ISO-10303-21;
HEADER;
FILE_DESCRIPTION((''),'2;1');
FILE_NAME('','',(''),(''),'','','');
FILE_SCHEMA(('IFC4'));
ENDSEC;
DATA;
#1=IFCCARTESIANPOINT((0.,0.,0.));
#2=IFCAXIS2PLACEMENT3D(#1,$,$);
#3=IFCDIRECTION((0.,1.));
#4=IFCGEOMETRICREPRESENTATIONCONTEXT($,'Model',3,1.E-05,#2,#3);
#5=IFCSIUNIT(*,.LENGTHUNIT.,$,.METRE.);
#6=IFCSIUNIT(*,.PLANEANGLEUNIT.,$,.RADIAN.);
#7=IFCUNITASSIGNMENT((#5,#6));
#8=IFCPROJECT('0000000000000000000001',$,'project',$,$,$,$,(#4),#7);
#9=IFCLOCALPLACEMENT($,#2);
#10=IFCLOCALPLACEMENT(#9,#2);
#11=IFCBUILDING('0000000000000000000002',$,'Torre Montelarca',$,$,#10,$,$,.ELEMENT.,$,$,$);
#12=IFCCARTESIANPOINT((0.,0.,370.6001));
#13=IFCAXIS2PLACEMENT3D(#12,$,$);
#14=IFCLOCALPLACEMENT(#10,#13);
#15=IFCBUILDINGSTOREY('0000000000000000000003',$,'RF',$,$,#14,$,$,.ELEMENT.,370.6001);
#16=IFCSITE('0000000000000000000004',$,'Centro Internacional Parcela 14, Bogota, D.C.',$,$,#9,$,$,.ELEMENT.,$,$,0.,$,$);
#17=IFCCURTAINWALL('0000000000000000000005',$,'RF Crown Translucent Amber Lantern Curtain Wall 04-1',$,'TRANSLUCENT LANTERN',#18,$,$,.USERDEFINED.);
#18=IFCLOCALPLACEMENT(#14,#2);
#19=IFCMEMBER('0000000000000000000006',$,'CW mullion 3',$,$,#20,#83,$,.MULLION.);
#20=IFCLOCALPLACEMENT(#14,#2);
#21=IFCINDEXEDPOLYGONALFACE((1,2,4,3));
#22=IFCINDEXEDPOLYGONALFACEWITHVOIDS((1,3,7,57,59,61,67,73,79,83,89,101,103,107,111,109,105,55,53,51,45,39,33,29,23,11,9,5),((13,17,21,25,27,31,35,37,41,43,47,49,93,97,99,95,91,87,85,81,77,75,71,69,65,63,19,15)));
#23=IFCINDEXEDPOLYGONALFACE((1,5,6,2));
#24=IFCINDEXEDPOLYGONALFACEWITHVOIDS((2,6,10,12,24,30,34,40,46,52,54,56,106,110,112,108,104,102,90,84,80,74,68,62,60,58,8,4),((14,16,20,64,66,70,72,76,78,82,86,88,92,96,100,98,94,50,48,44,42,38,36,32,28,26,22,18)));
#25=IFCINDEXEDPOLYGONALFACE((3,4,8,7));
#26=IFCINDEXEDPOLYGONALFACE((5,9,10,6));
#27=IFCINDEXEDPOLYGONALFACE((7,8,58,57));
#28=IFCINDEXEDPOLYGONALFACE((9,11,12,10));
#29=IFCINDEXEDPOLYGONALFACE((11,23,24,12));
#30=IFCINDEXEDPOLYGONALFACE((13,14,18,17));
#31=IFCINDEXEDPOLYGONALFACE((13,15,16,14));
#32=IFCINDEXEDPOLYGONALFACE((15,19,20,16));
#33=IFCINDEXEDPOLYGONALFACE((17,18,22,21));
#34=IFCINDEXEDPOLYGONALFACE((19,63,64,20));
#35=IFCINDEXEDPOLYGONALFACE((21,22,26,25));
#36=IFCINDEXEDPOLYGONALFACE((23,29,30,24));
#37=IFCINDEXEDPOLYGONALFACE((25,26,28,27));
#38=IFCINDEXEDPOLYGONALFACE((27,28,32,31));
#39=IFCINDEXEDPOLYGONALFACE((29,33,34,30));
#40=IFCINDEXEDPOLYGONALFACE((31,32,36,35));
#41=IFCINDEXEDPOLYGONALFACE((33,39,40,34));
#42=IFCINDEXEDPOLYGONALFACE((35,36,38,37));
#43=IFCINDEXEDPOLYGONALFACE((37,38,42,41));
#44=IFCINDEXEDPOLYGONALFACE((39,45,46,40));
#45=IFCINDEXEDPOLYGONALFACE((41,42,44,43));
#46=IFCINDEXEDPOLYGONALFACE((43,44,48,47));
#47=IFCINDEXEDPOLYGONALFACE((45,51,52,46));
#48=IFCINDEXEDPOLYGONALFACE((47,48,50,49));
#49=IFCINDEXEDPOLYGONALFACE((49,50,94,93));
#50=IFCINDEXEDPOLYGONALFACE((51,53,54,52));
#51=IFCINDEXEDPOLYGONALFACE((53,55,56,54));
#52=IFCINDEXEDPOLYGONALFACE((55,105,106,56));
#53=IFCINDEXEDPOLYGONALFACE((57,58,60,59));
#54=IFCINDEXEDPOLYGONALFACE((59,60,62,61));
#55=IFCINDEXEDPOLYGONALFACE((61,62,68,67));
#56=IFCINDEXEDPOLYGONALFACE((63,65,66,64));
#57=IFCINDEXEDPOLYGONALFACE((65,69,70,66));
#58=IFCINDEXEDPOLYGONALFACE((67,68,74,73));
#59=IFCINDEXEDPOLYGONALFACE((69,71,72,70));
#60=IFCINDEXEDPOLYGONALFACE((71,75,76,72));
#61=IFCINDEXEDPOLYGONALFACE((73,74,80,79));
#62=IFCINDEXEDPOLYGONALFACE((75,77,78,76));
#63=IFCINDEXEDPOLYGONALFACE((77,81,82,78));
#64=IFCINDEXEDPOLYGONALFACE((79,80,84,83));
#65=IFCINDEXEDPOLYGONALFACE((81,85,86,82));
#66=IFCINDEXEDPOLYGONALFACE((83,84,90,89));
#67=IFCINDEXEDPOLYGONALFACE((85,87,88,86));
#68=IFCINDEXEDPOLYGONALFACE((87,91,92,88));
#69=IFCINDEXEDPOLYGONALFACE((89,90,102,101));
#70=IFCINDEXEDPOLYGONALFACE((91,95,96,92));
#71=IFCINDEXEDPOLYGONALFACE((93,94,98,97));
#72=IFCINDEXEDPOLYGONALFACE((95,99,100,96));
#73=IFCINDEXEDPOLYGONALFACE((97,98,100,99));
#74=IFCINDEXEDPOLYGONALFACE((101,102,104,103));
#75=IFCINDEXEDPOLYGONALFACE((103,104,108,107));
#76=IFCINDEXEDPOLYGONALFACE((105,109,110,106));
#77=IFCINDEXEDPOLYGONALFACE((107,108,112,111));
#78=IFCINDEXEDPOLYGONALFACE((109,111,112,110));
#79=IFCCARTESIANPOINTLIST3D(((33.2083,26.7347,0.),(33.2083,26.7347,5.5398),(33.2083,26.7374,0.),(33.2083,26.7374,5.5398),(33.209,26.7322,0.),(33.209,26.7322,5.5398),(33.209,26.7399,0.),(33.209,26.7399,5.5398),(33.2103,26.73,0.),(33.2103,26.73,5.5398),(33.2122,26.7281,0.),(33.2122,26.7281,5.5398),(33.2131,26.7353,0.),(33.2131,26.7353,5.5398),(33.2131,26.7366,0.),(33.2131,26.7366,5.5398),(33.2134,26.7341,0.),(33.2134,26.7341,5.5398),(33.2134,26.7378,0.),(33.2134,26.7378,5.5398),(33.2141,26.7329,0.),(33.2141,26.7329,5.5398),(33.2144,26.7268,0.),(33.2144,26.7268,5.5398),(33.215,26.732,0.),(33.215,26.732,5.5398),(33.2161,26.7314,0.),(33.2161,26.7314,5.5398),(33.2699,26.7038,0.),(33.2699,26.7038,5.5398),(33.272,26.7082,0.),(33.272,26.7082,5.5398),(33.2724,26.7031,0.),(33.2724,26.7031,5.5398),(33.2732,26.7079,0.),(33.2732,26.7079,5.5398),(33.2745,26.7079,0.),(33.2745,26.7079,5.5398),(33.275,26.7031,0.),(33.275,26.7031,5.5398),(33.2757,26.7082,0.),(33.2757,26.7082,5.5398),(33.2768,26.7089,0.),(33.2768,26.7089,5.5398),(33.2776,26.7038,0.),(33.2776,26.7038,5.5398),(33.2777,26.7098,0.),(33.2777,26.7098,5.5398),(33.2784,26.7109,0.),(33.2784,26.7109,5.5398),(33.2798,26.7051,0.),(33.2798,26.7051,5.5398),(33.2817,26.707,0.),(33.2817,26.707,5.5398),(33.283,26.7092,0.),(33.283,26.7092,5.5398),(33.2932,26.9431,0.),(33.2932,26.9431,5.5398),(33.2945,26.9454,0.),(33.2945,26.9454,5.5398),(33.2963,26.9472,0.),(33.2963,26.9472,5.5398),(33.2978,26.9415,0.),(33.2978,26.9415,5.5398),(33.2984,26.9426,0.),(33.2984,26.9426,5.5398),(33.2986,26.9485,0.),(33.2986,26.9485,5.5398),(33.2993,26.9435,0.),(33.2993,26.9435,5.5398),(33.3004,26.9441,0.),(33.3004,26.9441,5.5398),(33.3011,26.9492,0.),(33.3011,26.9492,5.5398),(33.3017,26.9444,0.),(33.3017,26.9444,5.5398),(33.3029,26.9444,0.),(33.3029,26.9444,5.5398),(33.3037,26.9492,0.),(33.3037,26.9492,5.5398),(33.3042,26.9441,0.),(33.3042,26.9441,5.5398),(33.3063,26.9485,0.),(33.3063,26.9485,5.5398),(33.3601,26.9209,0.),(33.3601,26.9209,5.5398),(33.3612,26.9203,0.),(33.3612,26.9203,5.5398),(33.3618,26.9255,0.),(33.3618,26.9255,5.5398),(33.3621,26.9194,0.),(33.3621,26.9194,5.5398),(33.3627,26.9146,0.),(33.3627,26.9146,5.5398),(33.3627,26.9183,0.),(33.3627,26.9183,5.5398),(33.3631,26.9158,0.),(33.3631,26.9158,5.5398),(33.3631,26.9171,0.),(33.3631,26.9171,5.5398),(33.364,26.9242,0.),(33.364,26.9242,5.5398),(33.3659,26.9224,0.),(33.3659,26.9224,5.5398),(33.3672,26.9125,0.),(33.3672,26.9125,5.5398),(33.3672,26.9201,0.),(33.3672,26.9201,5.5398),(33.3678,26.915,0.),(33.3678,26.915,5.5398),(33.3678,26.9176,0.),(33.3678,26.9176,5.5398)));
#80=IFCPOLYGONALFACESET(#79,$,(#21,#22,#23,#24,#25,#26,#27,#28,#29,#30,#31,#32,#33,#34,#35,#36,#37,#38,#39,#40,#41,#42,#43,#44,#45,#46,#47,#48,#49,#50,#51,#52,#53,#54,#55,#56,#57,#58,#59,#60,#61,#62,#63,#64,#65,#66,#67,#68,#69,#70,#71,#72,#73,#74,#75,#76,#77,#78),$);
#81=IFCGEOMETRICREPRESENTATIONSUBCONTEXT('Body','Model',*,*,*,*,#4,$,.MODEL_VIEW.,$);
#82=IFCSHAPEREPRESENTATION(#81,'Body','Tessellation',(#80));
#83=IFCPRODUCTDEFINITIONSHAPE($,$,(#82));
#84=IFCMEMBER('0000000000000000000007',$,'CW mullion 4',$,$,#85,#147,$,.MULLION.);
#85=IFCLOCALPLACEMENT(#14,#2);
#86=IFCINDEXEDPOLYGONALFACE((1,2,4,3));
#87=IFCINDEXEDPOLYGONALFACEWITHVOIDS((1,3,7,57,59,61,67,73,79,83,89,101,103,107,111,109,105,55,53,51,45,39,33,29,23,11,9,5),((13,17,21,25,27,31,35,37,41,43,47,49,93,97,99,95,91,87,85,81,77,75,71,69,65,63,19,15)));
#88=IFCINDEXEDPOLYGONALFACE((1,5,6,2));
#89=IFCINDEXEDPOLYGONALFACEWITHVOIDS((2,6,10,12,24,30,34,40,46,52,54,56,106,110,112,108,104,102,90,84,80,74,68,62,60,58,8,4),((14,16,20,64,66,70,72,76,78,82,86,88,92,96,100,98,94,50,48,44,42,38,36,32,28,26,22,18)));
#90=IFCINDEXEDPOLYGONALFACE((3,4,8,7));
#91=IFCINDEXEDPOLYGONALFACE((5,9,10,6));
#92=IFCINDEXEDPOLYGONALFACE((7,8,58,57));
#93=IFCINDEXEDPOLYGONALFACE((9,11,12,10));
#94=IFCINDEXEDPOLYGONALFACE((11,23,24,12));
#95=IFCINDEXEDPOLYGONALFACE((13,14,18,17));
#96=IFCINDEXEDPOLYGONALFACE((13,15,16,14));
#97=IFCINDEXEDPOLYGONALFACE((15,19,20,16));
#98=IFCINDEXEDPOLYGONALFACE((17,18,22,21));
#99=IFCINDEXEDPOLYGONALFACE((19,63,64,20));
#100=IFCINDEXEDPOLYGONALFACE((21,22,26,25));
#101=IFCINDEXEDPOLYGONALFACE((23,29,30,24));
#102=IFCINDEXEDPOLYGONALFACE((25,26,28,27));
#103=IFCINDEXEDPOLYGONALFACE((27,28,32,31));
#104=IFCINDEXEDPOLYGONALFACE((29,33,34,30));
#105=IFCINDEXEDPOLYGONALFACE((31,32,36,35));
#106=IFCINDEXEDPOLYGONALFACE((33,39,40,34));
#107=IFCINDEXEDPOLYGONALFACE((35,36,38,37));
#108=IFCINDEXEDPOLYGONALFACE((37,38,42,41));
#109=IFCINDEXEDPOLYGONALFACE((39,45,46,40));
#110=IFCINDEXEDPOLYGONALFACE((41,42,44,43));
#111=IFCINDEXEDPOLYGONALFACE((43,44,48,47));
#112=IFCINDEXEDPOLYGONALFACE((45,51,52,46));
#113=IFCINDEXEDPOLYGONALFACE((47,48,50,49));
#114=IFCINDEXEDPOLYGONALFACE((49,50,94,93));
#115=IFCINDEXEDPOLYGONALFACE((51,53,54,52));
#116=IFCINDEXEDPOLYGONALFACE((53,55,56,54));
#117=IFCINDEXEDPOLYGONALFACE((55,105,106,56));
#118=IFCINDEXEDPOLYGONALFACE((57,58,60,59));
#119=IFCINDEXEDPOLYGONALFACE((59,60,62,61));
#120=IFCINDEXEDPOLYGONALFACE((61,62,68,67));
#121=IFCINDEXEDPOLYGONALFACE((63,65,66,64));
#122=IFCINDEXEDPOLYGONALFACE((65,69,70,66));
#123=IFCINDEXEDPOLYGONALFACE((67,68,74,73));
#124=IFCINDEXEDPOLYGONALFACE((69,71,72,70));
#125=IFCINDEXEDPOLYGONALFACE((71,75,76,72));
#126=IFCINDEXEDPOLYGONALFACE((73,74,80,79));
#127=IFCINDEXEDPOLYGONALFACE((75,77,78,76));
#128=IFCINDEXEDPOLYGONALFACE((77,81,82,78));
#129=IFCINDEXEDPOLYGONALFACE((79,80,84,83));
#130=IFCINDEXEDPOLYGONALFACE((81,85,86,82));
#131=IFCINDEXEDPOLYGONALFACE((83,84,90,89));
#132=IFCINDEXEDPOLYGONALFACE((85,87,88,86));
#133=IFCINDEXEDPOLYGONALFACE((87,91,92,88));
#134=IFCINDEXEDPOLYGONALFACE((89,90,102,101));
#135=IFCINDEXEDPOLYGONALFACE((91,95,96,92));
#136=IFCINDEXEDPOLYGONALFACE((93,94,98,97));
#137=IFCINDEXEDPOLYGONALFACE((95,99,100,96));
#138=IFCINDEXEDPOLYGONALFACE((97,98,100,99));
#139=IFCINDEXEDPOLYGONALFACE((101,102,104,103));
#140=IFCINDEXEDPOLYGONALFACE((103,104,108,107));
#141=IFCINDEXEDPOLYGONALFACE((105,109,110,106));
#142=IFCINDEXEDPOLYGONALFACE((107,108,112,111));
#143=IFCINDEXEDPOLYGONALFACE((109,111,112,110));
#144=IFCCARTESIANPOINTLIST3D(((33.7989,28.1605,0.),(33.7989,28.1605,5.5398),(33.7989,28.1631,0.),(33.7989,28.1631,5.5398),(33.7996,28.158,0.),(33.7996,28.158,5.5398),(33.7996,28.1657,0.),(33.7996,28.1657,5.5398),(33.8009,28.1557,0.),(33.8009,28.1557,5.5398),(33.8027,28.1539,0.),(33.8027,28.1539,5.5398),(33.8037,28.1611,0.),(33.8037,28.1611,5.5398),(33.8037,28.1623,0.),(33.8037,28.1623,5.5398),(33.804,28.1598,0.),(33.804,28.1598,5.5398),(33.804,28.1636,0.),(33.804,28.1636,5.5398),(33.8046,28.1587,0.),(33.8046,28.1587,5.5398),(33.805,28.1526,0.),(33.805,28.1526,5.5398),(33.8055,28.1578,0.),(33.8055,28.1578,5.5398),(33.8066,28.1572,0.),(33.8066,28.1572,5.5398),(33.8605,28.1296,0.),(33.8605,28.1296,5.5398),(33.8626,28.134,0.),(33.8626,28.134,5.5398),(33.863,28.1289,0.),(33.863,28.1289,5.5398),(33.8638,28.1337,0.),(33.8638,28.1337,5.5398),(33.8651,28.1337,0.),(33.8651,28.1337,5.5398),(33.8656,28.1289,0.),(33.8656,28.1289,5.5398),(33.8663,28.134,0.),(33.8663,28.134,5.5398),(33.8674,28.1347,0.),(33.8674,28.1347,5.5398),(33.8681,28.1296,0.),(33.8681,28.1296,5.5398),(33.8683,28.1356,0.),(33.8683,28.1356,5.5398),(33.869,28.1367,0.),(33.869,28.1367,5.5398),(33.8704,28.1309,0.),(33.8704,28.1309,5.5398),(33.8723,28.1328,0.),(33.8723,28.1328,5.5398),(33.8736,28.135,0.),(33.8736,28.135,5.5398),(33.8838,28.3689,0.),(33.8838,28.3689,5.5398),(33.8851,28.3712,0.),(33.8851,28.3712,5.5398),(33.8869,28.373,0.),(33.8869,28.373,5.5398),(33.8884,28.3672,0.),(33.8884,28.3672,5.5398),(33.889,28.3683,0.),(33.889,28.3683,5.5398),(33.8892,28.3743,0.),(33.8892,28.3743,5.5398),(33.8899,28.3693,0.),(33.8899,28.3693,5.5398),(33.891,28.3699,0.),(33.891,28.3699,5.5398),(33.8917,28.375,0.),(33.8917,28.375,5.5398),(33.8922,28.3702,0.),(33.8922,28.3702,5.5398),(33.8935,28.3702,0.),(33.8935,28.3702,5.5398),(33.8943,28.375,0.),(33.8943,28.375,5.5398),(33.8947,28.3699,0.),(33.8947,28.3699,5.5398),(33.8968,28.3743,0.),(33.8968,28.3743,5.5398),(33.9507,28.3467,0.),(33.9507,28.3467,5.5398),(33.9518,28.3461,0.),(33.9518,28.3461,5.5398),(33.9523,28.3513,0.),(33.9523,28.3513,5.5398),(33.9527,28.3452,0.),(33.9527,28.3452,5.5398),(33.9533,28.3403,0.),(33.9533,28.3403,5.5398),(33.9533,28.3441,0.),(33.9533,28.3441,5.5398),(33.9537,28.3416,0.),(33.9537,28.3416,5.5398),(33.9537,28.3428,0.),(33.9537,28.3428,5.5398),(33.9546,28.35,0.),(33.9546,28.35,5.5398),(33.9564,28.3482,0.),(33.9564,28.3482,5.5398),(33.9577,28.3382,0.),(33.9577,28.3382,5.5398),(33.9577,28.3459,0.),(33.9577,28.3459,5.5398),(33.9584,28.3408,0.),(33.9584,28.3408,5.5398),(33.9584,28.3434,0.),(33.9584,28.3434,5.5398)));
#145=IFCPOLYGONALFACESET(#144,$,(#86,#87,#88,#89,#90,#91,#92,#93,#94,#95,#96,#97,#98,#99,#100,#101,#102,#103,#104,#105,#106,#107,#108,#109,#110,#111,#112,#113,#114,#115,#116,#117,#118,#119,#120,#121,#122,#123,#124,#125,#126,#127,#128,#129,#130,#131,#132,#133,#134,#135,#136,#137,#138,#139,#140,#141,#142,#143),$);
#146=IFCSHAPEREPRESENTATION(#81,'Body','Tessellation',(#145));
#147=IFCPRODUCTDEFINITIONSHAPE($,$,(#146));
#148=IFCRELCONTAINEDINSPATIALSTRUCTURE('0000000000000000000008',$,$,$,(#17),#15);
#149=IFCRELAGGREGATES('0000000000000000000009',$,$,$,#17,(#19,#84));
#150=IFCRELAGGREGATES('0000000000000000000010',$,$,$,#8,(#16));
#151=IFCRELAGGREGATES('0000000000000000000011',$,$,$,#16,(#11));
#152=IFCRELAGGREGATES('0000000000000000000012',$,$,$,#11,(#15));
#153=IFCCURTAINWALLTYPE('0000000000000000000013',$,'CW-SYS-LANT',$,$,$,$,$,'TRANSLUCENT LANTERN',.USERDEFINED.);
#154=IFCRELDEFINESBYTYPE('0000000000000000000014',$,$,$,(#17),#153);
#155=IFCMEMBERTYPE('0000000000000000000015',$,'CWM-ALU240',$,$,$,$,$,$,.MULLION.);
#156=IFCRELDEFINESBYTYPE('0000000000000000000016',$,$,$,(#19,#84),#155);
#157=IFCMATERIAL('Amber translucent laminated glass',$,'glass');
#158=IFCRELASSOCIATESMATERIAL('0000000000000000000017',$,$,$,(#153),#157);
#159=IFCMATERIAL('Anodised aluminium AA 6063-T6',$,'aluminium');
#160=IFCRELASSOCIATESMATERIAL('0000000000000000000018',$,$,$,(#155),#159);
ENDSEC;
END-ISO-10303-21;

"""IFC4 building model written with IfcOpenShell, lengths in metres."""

from ifc_helpers import new_model, si_unit, direction, frame, origin, origin_2d, place, context, subcontext, project, spatial, hollow_rectangle, extrude, source, transform, mapped, material, material_profile, profile_set, type_object, element, aggregate, save


model = new_model("IFC4")

# Units and contexts
model_context = context("Model", 3, precision=1e-05, world=origin(), true_north=direction((0.0, 1.0)))
body_context = subcontext(model_context, "Body", "Model", "MODEL_VIEW")
ifc_project = project(units=[si_unit("LENGTHUNIT", "METRE"), si_unit("PLANEANGLEUNIT", "RADIAN")], contexts=[model_context])

# Site, building, storey
site_placement = place(None, origin())
site = spatial("IfcSite", under=ifc_project, at=site_placement, Name="Centro Internacional Parcela 14, Bogota, D.C.", CompositionType="ELEMENT", RefElevation=0.0)
building_placement = place(site_placement, origin())
building = spatial("IfcBuilding", under=site, at=building_placement, Name="Torre Montelarca", CompositionType="ELEMENT")
storey_placement = place(building_placement, frame((0.0, 0.0, 370.6001)))
storey = spatial("IfcBuildingStorey", under=building, at=storey_placement, Name="RF", CompositionType="ELEMENT", Elevation=370.6001)

# Curtain wall, members
ifc_material_1 = material(Name="Amber translucent laminated glass", Category="glass")
curtain_wall_type = type_object("IfcCurtainWallType", Name="CW-SYS-LANT", ElementType="TRANSLUCENT LANTERN", PredefinedType="USERDEFINED", material=ifc_material_1)
ifc_material_2 = material(Name="Anodised aluminium AA 6063-T6", Category="aluminium")
ifc_material_profile_1 = material_profile(ifc_material_2, hollow_rectangle(XDim=0.0801, YDim=0.24, WallThickness=0.0049, InnerFilletRadius=0.0049, OuterFilletRadius=0.01, at=origin_2d()), Name="ALU80X240X5", Category="aluminium")
ifc_profile_set_1 = profile_set([ifc_material_profile_1], Name="Anodised aluminium AA 6063-T6")
member_type_1 = type_object("IfcMemberType", Name="CWM-ALU240", PredefinedType="MULLION", material=ifc_profile_set_1)
shared_shape_1 = source(origin(), body_context, "Body", "SweptSolid", [
    extrude(hollow_rectangle(XDim=0.0801, YDim=0.24, WallThickness=0.0049, InnerFilletRadius=0.0049, OuterFilletRadius=0.01, at=origin_2d()), origin(), (0.0, 0.0, 1.0), 5.5398),
])
curtain_wall_1_placement = place(storey_placement, origin())
curtain_wall_1 = element("IfcCurtainWall", 1, at=curtain_wall_1_placement, inside=storey, type_object=curtain_wall_type, Name="RF Crown Translucent Amber Lantern Curtain Wall 04-1", ObjectType="TRANSLUCENT LANTERN", PredefinedType="USERDEFINED")
member_1_placement = place(storey_placement, frame((33.2881, 26.8262, 0.0), z_axis=(0.0, 0.0, 1.0), x_axis=(-0.923876, 0.382692, 0.0)))
member_1 = element("IfcMember", 2, at=member_1_placement, type_object=member_type_1, Name="CW mullion 3", PredefinedType="MULLION", context=body_context, shape_type="MappedRepresentation", body=[
    mapped(shared_shape_1, transform((0.0, 0.0, 0.0), scale=1.0)),
])
member_2_placement = place(storey_placement, frame((33.8787, 28.252, 0.0), z_axis=(0.0, 0.0, 1.0), x_axis=(-0.923876, 0.382692, 0.0)))
member_2 = element("IfcMember", 3, at=member_2_placement, type_object=member_type_1, Name="CW mullion 4", PredefinedType="MULLION", context=body_context, shape_type="MappedRepresentation", body=[
    mapped(shared_shape_1, transform((0.0, 0.0, 0.0), scale=1.0)),
])

aggregate(curtain_wall_1, [member_1, member_2])

save(model, "model.ifc")
